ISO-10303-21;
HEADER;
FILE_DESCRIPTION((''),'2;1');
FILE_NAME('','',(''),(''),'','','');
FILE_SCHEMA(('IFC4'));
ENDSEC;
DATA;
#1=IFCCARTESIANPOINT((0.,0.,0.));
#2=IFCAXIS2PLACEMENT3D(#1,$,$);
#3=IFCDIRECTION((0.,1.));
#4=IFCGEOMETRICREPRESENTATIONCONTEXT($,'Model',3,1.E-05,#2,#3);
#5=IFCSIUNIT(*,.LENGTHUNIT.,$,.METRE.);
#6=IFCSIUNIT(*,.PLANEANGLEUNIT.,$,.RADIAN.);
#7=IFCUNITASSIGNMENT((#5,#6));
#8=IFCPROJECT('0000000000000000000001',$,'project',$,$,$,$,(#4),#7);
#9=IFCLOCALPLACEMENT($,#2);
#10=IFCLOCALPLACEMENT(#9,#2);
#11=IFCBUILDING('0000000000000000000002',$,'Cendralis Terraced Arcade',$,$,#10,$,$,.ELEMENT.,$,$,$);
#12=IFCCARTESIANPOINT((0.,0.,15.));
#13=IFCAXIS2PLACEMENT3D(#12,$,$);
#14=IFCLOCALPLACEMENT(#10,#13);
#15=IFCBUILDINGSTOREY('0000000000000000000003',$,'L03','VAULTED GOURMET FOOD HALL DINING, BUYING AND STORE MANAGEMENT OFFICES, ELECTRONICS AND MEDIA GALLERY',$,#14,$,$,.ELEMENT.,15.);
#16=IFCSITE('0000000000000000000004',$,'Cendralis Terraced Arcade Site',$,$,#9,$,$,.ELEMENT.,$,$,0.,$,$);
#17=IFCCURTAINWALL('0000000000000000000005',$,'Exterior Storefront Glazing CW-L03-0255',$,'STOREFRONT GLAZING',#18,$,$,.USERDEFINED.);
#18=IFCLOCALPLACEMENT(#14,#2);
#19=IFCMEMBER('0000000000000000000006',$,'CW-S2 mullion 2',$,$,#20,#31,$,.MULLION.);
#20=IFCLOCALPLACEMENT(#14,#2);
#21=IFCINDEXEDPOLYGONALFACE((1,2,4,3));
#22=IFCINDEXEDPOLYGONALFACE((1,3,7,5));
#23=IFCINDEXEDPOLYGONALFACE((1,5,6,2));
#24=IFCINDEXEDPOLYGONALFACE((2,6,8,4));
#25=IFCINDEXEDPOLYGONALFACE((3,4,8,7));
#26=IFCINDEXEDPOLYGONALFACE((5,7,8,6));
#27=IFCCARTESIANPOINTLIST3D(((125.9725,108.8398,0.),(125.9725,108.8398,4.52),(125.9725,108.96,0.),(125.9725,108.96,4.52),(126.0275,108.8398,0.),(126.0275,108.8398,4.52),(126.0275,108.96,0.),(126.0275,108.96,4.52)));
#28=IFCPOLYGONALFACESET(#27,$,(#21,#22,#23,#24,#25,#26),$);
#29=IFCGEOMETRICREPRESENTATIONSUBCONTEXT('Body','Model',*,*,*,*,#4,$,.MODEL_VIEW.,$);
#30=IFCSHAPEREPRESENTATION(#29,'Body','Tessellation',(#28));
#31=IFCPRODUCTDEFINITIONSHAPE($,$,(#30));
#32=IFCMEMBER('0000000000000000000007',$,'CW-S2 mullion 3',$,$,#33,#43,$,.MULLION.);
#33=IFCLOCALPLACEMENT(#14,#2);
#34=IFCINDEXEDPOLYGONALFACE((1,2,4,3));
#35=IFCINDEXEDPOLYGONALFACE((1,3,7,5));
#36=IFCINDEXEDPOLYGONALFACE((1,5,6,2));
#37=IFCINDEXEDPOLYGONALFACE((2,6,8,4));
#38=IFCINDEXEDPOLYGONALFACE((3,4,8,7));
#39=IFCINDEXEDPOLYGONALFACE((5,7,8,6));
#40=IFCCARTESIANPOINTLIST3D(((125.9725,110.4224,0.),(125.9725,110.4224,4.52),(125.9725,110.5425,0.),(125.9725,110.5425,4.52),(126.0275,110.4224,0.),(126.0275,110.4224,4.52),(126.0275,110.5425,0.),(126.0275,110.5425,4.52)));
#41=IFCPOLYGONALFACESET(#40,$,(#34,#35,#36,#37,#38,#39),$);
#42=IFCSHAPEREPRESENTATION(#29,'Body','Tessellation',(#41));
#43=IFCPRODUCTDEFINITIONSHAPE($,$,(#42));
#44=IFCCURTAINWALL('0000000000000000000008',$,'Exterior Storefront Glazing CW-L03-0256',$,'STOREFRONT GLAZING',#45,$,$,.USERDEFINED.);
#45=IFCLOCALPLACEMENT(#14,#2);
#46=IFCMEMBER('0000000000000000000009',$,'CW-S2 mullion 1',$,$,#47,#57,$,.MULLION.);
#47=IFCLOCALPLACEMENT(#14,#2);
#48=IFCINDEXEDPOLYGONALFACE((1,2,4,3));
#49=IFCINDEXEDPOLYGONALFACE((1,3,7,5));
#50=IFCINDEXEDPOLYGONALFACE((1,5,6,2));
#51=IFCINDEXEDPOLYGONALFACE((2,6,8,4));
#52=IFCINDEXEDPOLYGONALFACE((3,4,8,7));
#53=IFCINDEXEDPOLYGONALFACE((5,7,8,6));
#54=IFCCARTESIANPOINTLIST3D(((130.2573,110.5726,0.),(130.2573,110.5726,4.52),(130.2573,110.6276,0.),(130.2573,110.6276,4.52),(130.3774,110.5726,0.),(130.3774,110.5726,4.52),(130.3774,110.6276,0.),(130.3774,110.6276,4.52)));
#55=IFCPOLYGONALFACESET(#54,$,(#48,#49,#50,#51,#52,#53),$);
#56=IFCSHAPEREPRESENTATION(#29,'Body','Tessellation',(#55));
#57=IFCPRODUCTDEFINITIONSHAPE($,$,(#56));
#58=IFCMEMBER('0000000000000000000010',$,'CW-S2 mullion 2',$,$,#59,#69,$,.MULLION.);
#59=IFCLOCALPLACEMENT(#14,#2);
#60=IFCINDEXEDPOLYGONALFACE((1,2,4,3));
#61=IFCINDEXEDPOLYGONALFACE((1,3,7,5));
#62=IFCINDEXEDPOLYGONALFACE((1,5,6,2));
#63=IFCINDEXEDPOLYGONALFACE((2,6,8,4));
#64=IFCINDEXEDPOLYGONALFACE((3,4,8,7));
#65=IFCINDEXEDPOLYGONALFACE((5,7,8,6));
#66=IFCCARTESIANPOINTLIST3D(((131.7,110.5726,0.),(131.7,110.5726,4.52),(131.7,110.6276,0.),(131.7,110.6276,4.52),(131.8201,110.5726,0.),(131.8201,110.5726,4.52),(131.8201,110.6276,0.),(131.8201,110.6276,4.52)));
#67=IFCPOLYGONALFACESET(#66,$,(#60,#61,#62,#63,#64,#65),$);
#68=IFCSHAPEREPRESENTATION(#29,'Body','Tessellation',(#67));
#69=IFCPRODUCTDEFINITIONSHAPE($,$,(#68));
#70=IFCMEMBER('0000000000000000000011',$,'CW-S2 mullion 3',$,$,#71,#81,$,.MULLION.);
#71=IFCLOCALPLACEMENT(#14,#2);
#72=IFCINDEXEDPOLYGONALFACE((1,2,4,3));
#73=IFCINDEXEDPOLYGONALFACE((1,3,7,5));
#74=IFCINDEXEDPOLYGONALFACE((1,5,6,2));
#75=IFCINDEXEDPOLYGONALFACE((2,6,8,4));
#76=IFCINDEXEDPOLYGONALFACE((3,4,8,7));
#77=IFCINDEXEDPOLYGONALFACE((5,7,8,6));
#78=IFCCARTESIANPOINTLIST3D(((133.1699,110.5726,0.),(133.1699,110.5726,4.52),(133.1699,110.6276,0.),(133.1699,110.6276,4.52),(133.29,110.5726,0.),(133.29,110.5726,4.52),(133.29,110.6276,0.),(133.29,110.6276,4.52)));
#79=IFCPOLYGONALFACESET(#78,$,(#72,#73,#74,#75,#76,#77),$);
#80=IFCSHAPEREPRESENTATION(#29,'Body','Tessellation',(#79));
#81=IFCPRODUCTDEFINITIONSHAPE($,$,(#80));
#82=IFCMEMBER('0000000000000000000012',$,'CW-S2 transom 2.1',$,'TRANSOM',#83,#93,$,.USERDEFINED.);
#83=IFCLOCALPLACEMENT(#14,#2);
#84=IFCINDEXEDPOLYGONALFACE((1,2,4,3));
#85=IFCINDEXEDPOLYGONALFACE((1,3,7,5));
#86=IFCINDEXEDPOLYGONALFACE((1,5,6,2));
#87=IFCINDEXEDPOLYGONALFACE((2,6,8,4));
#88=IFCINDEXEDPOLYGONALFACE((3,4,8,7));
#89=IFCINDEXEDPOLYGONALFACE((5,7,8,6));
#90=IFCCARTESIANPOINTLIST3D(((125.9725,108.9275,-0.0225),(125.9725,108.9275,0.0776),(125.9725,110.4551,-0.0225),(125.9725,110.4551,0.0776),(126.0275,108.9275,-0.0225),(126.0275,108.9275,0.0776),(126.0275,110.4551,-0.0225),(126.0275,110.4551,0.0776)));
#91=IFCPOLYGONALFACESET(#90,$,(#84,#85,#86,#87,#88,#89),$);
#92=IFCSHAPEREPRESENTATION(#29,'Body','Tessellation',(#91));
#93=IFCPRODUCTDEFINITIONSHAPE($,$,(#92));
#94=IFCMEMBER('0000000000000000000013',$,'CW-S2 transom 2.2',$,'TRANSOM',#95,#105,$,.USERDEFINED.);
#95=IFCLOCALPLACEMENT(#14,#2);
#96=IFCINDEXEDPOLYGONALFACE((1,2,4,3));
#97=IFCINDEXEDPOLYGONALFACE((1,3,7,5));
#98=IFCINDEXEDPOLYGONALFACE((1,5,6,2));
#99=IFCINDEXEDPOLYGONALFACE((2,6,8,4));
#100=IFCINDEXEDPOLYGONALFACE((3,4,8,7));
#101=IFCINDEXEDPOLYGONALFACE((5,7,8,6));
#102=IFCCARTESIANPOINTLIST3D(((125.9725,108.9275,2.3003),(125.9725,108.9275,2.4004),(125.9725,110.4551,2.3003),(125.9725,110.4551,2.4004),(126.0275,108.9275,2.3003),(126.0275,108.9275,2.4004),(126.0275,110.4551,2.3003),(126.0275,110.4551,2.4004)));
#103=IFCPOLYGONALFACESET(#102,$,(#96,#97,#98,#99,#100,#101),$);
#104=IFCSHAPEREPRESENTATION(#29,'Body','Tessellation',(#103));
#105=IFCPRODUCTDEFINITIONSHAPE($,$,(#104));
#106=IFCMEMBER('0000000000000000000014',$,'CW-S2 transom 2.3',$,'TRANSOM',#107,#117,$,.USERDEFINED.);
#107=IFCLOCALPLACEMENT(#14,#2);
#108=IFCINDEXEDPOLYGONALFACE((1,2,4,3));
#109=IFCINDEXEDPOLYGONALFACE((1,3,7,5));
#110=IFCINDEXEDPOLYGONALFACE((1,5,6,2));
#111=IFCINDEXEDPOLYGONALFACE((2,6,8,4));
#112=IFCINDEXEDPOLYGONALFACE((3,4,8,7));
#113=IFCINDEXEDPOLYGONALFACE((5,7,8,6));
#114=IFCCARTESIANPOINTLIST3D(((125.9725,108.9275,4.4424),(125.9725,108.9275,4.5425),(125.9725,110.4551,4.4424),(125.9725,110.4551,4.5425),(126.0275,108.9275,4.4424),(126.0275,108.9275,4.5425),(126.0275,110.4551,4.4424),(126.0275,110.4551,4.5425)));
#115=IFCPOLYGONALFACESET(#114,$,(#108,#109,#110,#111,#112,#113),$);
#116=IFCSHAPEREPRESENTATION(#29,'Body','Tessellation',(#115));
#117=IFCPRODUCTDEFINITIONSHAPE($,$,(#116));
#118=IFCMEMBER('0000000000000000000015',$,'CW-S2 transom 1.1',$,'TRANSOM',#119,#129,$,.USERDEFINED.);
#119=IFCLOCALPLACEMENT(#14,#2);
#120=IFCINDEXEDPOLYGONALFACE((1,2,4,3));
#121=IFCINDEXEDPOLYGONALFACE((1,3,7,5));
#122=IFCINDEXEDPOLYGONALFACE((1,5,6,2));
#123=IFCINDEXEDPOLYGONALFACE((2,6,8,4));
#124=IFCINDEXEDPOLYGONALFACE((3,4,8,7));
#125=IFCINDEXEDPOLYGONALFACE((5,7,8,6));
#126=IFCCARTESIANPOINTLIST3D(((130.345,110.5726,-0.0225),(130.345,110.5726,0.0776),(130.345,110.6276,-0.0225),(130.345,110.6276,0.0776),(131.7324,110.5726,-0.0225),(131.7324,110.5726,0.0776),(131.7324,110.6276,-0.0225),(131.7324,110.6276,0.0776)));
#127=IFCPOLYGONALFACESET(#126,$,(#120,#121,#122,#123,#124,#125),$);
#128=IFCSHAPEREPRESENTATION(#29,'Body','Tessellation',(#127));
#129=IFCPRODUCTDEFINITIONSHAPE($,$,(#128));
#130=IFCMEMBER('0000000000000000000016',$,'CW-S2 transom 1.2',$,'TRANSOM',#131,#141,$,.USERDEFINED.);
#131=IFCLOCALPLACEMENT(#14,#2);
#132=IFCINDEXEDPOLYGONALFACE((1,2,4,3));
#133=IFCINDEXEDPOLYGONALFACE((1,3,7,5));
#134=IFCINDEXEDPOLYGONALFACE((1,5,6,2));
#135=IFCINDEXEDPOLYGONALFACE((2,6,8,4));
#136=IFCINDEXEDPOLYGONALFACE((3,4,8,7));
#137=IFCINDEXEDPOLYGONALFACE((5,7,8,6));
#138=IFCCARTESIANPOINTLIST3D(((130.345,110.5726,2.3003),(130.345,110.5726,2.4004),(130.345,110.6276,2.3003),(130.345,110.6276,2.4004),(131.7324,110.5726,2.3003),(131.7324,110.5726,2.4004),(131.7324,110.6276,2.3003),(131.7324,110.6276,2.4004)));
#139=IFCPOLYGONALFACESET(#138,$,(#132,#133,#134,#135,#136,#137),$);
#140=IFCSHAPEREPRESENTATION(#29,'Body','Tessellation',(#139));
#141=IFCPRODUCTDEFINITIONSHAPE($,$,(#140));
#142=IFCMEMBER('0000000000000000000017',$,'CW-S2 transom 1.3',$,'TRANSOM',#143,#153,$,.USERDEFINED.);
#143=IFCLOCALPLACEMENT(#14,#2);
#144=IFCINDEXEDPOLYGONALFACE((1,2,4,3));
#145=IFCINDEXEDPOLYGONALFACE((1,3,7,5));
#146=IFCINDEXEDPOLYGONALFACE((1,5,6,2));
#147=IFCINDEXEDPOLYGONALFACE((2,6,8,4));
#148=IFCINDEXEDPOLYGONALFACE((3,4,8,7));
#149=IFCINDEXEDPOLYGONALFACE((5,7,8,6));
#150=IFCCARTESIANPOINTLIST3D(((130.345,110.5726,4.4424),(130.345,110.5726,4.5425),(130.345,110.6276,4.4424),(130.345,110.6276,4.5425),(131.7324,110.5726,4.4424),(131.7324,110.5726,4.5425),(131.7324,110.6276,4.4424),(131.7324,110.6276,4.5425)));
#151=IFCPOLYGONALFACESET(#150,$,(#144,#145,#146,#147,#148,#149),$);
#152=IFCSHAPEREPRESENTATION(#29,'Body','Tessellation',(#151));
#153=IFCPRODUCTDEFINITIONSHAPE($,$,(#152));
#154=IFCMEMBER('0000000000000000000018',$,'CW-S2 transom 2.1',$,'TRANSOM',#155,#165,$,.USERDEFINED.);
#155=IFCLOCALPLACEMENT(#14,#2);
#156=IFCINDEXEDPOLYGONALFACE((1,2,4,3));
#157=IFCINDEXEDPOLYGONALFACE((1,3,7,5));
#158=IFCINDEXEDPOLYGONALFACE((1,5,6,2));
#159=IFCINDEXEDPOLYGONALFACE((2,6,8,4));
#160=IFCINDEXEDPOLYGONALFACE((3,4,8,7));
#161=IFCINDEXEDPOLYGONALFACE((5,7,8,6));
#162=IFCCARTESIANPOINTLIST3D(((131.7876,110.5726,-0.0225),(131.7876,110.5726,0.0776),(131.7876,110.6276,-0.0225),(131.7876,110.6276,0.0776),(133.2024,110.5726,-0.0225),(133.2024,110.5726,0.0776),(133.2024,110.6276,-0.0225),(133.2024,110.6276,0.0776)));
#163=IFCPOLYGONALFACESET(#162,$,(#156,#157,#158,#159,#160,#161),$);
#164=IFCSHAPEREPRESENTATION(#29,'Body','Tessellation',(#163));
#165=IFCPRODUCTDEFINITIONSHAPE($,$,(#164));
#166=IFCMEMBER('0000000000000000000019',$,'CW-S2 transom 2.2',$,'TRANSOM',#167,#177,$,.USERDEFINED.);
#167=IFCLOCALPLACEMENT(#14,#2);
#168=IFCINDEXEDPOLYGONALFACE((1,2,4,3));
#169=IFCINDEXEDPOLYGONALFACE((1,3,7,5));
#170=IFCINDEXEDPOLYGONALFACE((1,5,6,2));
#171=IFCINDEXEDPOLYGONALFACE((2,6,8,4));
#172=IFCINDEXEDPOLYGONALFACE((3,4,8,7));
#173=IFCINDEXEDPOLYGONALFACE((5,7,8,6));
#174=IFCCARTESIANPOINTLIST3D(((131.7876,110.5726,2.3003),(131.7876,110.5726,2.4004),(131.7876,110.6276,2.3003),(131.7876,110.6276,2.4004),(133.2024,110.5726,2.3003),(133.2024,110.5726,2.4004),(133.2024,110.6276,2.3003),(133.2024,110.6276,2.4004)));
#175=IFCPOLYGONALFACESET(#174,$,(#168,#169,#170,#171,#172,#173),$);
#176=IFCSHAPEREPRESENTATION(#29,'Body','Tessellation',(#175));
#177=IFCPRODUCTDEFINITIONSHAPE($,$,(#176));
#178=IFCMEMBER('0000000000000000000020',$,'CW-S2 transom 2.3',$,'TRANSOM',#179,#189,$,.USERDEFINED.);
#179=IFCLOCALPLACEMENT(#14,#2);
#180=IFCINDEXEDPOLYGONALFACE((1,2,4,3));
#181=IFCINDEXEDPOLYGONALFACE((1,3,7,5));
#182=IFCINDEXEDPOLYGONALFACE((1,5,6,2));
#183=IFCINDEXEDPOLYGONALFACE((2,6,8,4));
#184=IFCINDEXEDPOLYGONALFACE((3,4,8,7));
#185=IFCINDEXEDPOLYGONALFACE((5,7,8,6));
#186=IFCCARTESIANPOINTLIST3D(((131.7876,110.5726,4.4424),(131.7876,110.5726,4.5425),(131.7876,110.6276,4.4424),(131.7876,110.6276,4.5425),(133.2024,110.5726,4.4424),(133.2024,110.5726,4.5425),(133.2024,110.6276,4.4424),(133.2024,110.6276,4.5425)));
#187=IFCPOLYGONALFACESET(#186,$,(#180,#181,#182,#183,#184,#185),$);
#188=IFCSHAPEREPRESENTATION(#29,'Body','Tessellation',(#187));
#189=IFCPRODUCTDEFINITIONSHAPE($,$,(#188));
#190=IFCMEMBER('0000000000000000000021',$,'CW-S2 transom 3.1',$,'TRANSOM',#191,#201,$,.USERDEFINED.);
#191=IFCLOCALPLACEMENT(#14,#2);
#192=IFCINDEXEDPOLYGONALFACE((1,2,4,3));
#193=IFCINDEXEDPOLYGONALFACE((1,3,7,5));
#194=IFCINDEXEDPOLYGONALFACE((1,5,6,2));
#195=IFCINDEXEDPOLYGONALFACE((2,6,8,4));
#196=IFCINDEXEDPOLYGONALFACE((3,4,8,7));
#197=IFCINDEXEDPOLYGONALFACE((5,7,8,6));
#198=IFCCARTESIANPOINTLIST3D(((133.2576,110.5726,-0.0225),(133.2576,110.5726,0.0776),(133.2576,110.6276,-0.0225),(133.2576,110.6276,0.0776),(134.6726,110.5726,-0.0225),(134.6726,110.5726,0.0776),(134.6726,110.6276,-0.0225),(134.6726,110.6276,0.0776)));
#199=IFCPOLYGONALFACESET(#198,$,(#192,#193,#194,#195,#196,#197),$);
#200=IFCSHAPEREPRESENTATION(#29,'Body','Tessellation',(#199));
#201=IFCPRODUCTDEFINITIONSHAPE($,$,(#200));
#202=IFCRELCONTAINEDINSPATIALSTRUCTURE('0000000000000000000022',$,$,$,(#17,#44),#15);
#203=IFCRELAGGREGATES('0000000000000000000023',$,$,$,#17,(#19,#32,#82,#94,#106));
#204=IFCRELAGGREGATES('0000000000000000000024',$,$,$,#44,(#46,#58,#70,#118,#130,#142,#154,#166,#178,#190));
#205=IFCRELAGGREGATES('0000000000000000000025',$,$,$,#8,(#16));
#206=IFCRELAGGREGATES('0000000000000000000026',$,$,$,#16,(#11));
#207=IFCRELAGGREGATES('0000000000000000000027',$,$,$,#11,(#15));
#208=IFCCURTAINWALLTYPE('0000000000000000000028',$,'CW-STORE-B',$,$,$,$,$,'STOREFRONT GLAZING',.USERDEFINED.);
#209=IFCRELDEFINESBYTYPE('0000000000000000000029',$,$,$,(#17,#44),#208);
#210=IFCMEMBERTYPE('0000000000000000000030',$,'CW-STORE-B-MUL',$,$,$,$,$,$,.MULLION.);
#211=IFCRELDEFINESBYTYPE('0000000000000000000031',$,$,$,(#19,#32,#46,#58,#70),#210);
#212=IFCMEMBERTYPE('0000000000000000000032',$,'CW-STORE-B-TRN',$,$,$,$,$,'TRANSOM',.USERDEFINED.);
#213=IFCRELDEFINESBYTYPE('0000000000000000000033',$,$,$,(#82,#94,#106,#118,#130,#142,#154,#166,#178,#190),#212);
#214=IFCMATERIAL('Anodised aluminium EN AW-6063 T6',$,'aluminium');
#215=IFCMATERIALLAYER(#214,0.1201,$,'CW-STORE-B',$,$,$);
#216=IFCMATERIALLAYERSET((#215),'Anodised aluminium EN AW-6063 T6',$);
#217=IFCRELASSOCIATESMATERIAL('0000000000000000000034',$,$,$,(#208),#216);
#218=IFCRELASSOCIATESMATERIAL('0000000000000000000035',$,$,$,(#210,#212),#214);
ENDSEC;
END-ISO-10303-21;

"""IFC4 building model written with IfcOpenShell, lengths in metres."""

from ifc_helpers import new_model, si_unit, direction, frame, origin, origin_2d, place, context, subcontext, project, spatial, rectangle, extrude, material, layer, layer_set, material_profile, profile_set, type_object, element, aggregate, save


model = new_model("IFC4")

# Units and contexts
model_context = context("Model", 3, precision=1e-05, world=origin(), true_north=direction((0.0, 1.0)))
body_context = subcontext(model_context, "Body", "Model", "MODEL_VIEW")
ifc_project = project(units=[si_unit("LENGTHUNIT", "METRE"), si_unit("PLANEANGLEUNIT", "RADIAN")], contexts=[model_context])

# Site, building, storey
site_placement = place(None, origin())
site = spatial("IfcSite", under=ifc_project, at=site_placement, Name="Cendralis Terraced Arcade Site", CompositionType="ELEMENT", RefElevation=0.0)
building_placement = place(site_placement, origin())
building = spatial("IfcBuilding", under=site, at=building_placement, Name="Cendralis Terraced Arcade", CompositionType="ELEMENT")
storey_placement = place(building_placement, frame((0.0, 0.0, 15.0)))
storey = spatial("IfcBuildingStorey", under=building, at=storey_placement, Name="L03", Description="VAULTED GOURMET FOOD HALL DINING, BUYING AND STORE MANAGEMENT OFFICES, ELECTRONICS AND MEDIA GALLERY", CompositionType="ELEMENT", Elevation=15.0)

# Curtain walls, members
ifc_material_1 = material(Name="Anodised aluminium EN AW-6063 T6", Category="aluminium")
ifc_layer_1 = layer(ifc_material_1, 0.1201, Name="CW-STORE-B")
ifc_layer_set_1 = layer_set([ifc_layer_1], Name="Anodised aluminium EN AW-6063 T6")
curtain_wall_type = type_object("IfcCurtainWallType", Name="CW-STORE-B", ElementType="STOREFRONT GLAZING", PredefinedType="USERDEFINED", material=ifc_layer_set_1)
curtain_wall_1_placement = place(storey_placement, origin())
curtain_wall_1 = element("IfcCurtainWall", 1, at=curtain_wall_1_placement, inside=storey, type_object=curtain_wall_type, Name="Exterior Storefront Glazing CW-L03-0255", ObjectType="STOREFRONT GLAZING", PredefinedType="USERDEFINED")
ifc_material_profile_1 = material_profile(ifc_material_1, rectangle(XDim=0.0549, YDim=0.1201, at=origin_2d()), Name="ALU-MUL-55x120")
ifc_profile_set_1 = profile_set([ifc_material_profile_1], Name="Anodised aluminium EN AW-6063 T6")
member_type_1 = type_object("IfcMemberType", Name="CW-STORE-B-MUL", PredefinedType="MULLION", material=ifc_profile_set_1)
member_1_placement = place(storey_placement, frame((126.0, 108.8999, 0.0), z_axis=(0.0, 0.0, 1.0), x_axis=(-1.0, 0.0, 0.0)))
member_1 = element("IfcMember", 2, at=member_1_placement, type_object=member_type_1, Name="CW-S2 mullion 2", PredefinedType="MULLION", context=body_context, shape_type="SweptSolid", body=[
    extrude(rectangle(XDim=0.0549, YDim=0.1201, at=origin_2d()), origin(), (0.0, 0.0, 1.0), 4.52),
])
member_2_placement = place(storey_placement, frame((126.0, 110.4824, 0.0), z_axis=(0.0, 0.0, 1.0), x_axis=(-1.0, 0.0, 0.0)))
member_2 = element("IfcMember", 3, at=member_2_placement, type_object=member_type_1, Name="CW-S2 mullion 3", PredefinedType="MULLION", context=body_context, shape_type="SweptSolid", body=[
    extrude(rectangle(XDim=0.0549, YDim=0.1201, at=origin_2d()), origin(), (0.0, 0.0, 1.0), 4.52),
])
curtain_wall_2_placement = place(storey_placement, origin())
curtain_wall_2 = element("IfcCurtainWall", 4, at=curtain_wall_2_placement, inside=storey, type_object=curtain_wall_type, Name="Exterior Storefront Glazing CW-L03-0256", ObjectType="STOREFRONT GLAZING", PredefinedType="USERDEFINED")
member_3_placement = place(storey_placement, frame((130.3174, 110.6001, 0.0), z_axis=(0.0, 0.0, 1.0), x_axis=(0.0, 1.0, 0.0)))
member_3 = element("IfcMember", 5, at=member_3_placement, type_object=member_type_1, Name="CW-S2 mullion 1", PredefinedType="MULLION", context=body_context, shape_type="SweptSolid", body=[
    extrude(rectangle(XDim=0.0549, YDim=0.1201, at=origin_2d()), origin(), (0.0, 0.0, 1.0), 4.52),
])
member_4_placement = place(storey_placement, frame((131.76, 110.6001, 0.0), z_axis=(0.0, 0.0, 1.0), x_axis=(0.0, 1.0, 0.0)))
member_4 = element("IfcMember", 6, at=member_4_placement, type_object=member_type_1, Name="CW-S2 mullion 2", PredefinedType="MULLION", context=body_context, shape_type="SweptSolid", body=[
    extrude(rectangle(XDim=0.0549, YDim=0.1201, at=origin_2d()), origin(), (0.0, 0.0, 1.0), 4.52),
])
member_5_placement = place(storey_placement, frame((133.23, 110.6001, 0.0), z_axis=(0.0, 0.0, 1.0), x_axis=(0.0, 1.0, 0.0)))
member_5 = element("IfcMember", 7, at=member_5_placement, type_object=member_type_1, Name="CW-S2 mullion 3", PredefinedType="MULLION", context=body_context, shape_type="SweptSolid", body=[
    extrude(rectangle(XDim=0.0549, YDim=0.1201, at=origin_2d()), origin(), (0.0, 0.0, 1.0), 4.52),
])

# Members
ifc_material_profile_2 = material_profile(ifc_material_1, rectangle(XDim=0.0549, YDim=0.1001, at=origin_2d()), Name="ALU-TRN-55x100")
ifc_profile_set_2 = profile_set([ifc_material_profile_2], Name="Anodised aluminium EN AW-6063 T6")
member_type_2 = type_object("IfcMemberType", Name="CW-STORE-B-TRN", ElementType="TRANSOM", PredefinedType="USERDEFINED", material=ifc_profile_set_2)
member_6_placement = place(storey_placement, frame((126.0, 108.9275, 0.0276), z_axis=(0.0, 1.0, 0.0), x_axis=(-1.0, 0.0, 0.0)))
member_6 = element("IfcMember", 8, at=member_6_placement, type_object=member_type_2, Name="CW-S2 transom 2.1", ObjectType="TRANSOM", PredefinedType="USERDEFINED", context=body_context, shape_type="SweptSolid", body=[
    extrude(rectangle(XDim=0.0549, YDim=0.1001, at=origin_2d()), origin(), (0.0, 0.0, 1.0), 1.5276),
])
member_7_placement = place(storey_placement, frame((126.0, 108.9275, 2.3503), z_axis=(0.0, 1.0, 0.0), x_axis=(-1.0, 0.0, 0.0)))
member_7 = element("IfcMember", 9, at=member_7_placement, type_object=member_type_2, Name="CW-S2 transom 2.2", ObjectType="TRANSOM", PredefinedType="USERDEFINED", context=body_context, shape_type="SweptSolid", body=[
    extrude(rectangle(XDim=0.0549, YDim=0.1001, at=origin_2d()), origin(), (0.0, 0.0, 1.0), 1.5276),
])
member_8_placement = place(storey_placement, frame((126.0, 108.9275, 4.4924), z_axis=(0.0, 1.0, 0.0), x_axis=(-1.0, 0.0, 0.0)))
member_8 = element("IfcMember", 10, at=member_8_placement, type_object=member_type_2, Name="CW-S2 transom 2.3", ObjectType="TRANSOM", PredefinedType="USERDEFINED", context=body_context, shape_type="SweptSolid", body=[
    extrude(rectangle(XDim=0.0549, YDim=0.1001, at=origin_2d()), origin(), (0.0, 0.0, 1.0), 1.5276),
])
member_9_placement = place(storey_placement, frame((130.345, 110.6001, 0.0276), z_axis=(1.0, 0.0, 0.0), x_axis=(0.0, 1.0, 0.0)))
member_9 = element("IfcMember", 11, at=member_9_placement, type_object=member_type_2, Name="CW-S2 transom 1.1", ObjectType="TRANSOM", PredefinedType="USERDEFINED", context=body_context, shape_type="SweptSolid", body=[
    extrude(rectangle(XDim=0.0549, YDim=0.1001, at=origin_2d()), origin(), (0.0, 0.0, 1.0), 1.3875),
])
member_10_placement = place(storey_placement, frame((130.345, 110.6001, 2.3503), z_axis=(1.0, 0.0, 0.0), x_axis=(0.0, 1.0, 0.0)))
member_10 = element("IfcMember", 12, at=member_10_placement, type_object=member_type_2, Name="CW-S2 transom 1.2", ObjectType="TRANSOM", PredefinedType="USERDEFINED", context=body_context, shape_type="SweptSolid", body=[
    extrude(rectangle(XDim=0.0549, YDim=0.1001, at=origin_2d()), origin(), (0.0, 0.0, 1.0), 1.3875),
])
member_11_placement = place(storey_placement, frame((130.345, 110.6001, 4.4924), z_axis=(1.0, 0.0, 0.0), x_axis=(0.0, 1.0, 0.0)))
member_11 = element("IfcMember", 13, at=member_11_placement, type_object=member_type_2, Name="CW-S2 transom 1.3", ObjectType="TRANSOM", PredefinedType="USERDEFINED", context=body_context, shape_type="SweptSolid", body=[
    extrude(rectangle(XDim=0.0549, YDim=0.1001, at=origin_2d()), origin(), (0.0, 0.0, 1.0), 1.3875),
])
member_12_placement = place(storey_placement, frame((131.7876, 110.6001, 0.0276), z_axis=(1.0, 0.0, 0.0), x_axis=(0.0, 1.0, 0.0)))
member_12 = element("IfcMember", 14, at=member_12_placement, type_object=member_type_2, Name="CW-S2 transom 2.1", ObjectType="TRANSOM", PredefinedType="USERDEFINED", context=body_context, shape_type="SweptSolid", body=[
    extrude(rectangle(XDim=0.0549, YDim=0.1001, at=origin_2d()), origin(), (0.0, 0.0, 1.0), 1.4148),
])
member_13_placement = place(storey_placement, frame((131.7876, 110.6001, 2.3503), z_axis=(1.0, 0.0, 0.0), x_axis=(0.0, 1.0, 0.0)))
member_13 = element("IfcMember", 15, at=member_13_placement, type_object=member_type_2, Name="CW-S2 transom 2.2", ObjectType="TRANSOM", PredefinedType="USERDEFINED", context=body_context, shape_type="SweptSolid", body=[
    extrude(rectangle(XDim=0.0549, YDim=0.1001, at=origin_2d()), origin(), (0.0, 0.0, 1.0), 1.4148),
])
member_14_placement = place(storey_placement, frame((131.7876, 110.6001, 4.4924), z_axis=(1.0, 0.0, 0.0), x_axis=(0.0, 1.0, 0.0)))
member_14 = element("IfcMember", 16, at=member_14_placement, type_object=member_type_2, Name="CW-S2 transom 2.3", ObjectType="TRANSOM", PredefinedType="USERDEFINED", context=body_context, shape_type="SweptSolid", body=[
    extrude(rectangle(XDim=0.0549, YDim=0.1001, at=origin_2d()), origin(), (0.0, 0.0, 1.0), 1.4148),
])
member_15_placement = place(storey_placement, frame((133.2576, 110.6001, 0.0276), z_axis=(1.0, 0.0, 0.0), x_axis=(0.0, 1.0, 0.0)))
member_15 = element("IfcMember", 17, at=member_15_placement, type_object=member_type_2, Name="CW-S2 transom 3.1", ObjectType="TRANSOM", PredefinedType="USERDEFINED", context=body_context, shape_type="SweptSolid", body=[
    extrude(rectangle(XDim=0.0549, YDim=0.1001, at=origin_2d()), origin(), (0.0, 0.0, 1.0), 1.415),
])

aggregate(curtain_wall_1, [member_1, member_2, member_6, member_7, member_8])
aggregate(curtain_wall_2, [member_3, member_4, member_5, member_9, member_10, member_11, member_12, member_13, member_14, member_15])

save(model, "model.ifc")
